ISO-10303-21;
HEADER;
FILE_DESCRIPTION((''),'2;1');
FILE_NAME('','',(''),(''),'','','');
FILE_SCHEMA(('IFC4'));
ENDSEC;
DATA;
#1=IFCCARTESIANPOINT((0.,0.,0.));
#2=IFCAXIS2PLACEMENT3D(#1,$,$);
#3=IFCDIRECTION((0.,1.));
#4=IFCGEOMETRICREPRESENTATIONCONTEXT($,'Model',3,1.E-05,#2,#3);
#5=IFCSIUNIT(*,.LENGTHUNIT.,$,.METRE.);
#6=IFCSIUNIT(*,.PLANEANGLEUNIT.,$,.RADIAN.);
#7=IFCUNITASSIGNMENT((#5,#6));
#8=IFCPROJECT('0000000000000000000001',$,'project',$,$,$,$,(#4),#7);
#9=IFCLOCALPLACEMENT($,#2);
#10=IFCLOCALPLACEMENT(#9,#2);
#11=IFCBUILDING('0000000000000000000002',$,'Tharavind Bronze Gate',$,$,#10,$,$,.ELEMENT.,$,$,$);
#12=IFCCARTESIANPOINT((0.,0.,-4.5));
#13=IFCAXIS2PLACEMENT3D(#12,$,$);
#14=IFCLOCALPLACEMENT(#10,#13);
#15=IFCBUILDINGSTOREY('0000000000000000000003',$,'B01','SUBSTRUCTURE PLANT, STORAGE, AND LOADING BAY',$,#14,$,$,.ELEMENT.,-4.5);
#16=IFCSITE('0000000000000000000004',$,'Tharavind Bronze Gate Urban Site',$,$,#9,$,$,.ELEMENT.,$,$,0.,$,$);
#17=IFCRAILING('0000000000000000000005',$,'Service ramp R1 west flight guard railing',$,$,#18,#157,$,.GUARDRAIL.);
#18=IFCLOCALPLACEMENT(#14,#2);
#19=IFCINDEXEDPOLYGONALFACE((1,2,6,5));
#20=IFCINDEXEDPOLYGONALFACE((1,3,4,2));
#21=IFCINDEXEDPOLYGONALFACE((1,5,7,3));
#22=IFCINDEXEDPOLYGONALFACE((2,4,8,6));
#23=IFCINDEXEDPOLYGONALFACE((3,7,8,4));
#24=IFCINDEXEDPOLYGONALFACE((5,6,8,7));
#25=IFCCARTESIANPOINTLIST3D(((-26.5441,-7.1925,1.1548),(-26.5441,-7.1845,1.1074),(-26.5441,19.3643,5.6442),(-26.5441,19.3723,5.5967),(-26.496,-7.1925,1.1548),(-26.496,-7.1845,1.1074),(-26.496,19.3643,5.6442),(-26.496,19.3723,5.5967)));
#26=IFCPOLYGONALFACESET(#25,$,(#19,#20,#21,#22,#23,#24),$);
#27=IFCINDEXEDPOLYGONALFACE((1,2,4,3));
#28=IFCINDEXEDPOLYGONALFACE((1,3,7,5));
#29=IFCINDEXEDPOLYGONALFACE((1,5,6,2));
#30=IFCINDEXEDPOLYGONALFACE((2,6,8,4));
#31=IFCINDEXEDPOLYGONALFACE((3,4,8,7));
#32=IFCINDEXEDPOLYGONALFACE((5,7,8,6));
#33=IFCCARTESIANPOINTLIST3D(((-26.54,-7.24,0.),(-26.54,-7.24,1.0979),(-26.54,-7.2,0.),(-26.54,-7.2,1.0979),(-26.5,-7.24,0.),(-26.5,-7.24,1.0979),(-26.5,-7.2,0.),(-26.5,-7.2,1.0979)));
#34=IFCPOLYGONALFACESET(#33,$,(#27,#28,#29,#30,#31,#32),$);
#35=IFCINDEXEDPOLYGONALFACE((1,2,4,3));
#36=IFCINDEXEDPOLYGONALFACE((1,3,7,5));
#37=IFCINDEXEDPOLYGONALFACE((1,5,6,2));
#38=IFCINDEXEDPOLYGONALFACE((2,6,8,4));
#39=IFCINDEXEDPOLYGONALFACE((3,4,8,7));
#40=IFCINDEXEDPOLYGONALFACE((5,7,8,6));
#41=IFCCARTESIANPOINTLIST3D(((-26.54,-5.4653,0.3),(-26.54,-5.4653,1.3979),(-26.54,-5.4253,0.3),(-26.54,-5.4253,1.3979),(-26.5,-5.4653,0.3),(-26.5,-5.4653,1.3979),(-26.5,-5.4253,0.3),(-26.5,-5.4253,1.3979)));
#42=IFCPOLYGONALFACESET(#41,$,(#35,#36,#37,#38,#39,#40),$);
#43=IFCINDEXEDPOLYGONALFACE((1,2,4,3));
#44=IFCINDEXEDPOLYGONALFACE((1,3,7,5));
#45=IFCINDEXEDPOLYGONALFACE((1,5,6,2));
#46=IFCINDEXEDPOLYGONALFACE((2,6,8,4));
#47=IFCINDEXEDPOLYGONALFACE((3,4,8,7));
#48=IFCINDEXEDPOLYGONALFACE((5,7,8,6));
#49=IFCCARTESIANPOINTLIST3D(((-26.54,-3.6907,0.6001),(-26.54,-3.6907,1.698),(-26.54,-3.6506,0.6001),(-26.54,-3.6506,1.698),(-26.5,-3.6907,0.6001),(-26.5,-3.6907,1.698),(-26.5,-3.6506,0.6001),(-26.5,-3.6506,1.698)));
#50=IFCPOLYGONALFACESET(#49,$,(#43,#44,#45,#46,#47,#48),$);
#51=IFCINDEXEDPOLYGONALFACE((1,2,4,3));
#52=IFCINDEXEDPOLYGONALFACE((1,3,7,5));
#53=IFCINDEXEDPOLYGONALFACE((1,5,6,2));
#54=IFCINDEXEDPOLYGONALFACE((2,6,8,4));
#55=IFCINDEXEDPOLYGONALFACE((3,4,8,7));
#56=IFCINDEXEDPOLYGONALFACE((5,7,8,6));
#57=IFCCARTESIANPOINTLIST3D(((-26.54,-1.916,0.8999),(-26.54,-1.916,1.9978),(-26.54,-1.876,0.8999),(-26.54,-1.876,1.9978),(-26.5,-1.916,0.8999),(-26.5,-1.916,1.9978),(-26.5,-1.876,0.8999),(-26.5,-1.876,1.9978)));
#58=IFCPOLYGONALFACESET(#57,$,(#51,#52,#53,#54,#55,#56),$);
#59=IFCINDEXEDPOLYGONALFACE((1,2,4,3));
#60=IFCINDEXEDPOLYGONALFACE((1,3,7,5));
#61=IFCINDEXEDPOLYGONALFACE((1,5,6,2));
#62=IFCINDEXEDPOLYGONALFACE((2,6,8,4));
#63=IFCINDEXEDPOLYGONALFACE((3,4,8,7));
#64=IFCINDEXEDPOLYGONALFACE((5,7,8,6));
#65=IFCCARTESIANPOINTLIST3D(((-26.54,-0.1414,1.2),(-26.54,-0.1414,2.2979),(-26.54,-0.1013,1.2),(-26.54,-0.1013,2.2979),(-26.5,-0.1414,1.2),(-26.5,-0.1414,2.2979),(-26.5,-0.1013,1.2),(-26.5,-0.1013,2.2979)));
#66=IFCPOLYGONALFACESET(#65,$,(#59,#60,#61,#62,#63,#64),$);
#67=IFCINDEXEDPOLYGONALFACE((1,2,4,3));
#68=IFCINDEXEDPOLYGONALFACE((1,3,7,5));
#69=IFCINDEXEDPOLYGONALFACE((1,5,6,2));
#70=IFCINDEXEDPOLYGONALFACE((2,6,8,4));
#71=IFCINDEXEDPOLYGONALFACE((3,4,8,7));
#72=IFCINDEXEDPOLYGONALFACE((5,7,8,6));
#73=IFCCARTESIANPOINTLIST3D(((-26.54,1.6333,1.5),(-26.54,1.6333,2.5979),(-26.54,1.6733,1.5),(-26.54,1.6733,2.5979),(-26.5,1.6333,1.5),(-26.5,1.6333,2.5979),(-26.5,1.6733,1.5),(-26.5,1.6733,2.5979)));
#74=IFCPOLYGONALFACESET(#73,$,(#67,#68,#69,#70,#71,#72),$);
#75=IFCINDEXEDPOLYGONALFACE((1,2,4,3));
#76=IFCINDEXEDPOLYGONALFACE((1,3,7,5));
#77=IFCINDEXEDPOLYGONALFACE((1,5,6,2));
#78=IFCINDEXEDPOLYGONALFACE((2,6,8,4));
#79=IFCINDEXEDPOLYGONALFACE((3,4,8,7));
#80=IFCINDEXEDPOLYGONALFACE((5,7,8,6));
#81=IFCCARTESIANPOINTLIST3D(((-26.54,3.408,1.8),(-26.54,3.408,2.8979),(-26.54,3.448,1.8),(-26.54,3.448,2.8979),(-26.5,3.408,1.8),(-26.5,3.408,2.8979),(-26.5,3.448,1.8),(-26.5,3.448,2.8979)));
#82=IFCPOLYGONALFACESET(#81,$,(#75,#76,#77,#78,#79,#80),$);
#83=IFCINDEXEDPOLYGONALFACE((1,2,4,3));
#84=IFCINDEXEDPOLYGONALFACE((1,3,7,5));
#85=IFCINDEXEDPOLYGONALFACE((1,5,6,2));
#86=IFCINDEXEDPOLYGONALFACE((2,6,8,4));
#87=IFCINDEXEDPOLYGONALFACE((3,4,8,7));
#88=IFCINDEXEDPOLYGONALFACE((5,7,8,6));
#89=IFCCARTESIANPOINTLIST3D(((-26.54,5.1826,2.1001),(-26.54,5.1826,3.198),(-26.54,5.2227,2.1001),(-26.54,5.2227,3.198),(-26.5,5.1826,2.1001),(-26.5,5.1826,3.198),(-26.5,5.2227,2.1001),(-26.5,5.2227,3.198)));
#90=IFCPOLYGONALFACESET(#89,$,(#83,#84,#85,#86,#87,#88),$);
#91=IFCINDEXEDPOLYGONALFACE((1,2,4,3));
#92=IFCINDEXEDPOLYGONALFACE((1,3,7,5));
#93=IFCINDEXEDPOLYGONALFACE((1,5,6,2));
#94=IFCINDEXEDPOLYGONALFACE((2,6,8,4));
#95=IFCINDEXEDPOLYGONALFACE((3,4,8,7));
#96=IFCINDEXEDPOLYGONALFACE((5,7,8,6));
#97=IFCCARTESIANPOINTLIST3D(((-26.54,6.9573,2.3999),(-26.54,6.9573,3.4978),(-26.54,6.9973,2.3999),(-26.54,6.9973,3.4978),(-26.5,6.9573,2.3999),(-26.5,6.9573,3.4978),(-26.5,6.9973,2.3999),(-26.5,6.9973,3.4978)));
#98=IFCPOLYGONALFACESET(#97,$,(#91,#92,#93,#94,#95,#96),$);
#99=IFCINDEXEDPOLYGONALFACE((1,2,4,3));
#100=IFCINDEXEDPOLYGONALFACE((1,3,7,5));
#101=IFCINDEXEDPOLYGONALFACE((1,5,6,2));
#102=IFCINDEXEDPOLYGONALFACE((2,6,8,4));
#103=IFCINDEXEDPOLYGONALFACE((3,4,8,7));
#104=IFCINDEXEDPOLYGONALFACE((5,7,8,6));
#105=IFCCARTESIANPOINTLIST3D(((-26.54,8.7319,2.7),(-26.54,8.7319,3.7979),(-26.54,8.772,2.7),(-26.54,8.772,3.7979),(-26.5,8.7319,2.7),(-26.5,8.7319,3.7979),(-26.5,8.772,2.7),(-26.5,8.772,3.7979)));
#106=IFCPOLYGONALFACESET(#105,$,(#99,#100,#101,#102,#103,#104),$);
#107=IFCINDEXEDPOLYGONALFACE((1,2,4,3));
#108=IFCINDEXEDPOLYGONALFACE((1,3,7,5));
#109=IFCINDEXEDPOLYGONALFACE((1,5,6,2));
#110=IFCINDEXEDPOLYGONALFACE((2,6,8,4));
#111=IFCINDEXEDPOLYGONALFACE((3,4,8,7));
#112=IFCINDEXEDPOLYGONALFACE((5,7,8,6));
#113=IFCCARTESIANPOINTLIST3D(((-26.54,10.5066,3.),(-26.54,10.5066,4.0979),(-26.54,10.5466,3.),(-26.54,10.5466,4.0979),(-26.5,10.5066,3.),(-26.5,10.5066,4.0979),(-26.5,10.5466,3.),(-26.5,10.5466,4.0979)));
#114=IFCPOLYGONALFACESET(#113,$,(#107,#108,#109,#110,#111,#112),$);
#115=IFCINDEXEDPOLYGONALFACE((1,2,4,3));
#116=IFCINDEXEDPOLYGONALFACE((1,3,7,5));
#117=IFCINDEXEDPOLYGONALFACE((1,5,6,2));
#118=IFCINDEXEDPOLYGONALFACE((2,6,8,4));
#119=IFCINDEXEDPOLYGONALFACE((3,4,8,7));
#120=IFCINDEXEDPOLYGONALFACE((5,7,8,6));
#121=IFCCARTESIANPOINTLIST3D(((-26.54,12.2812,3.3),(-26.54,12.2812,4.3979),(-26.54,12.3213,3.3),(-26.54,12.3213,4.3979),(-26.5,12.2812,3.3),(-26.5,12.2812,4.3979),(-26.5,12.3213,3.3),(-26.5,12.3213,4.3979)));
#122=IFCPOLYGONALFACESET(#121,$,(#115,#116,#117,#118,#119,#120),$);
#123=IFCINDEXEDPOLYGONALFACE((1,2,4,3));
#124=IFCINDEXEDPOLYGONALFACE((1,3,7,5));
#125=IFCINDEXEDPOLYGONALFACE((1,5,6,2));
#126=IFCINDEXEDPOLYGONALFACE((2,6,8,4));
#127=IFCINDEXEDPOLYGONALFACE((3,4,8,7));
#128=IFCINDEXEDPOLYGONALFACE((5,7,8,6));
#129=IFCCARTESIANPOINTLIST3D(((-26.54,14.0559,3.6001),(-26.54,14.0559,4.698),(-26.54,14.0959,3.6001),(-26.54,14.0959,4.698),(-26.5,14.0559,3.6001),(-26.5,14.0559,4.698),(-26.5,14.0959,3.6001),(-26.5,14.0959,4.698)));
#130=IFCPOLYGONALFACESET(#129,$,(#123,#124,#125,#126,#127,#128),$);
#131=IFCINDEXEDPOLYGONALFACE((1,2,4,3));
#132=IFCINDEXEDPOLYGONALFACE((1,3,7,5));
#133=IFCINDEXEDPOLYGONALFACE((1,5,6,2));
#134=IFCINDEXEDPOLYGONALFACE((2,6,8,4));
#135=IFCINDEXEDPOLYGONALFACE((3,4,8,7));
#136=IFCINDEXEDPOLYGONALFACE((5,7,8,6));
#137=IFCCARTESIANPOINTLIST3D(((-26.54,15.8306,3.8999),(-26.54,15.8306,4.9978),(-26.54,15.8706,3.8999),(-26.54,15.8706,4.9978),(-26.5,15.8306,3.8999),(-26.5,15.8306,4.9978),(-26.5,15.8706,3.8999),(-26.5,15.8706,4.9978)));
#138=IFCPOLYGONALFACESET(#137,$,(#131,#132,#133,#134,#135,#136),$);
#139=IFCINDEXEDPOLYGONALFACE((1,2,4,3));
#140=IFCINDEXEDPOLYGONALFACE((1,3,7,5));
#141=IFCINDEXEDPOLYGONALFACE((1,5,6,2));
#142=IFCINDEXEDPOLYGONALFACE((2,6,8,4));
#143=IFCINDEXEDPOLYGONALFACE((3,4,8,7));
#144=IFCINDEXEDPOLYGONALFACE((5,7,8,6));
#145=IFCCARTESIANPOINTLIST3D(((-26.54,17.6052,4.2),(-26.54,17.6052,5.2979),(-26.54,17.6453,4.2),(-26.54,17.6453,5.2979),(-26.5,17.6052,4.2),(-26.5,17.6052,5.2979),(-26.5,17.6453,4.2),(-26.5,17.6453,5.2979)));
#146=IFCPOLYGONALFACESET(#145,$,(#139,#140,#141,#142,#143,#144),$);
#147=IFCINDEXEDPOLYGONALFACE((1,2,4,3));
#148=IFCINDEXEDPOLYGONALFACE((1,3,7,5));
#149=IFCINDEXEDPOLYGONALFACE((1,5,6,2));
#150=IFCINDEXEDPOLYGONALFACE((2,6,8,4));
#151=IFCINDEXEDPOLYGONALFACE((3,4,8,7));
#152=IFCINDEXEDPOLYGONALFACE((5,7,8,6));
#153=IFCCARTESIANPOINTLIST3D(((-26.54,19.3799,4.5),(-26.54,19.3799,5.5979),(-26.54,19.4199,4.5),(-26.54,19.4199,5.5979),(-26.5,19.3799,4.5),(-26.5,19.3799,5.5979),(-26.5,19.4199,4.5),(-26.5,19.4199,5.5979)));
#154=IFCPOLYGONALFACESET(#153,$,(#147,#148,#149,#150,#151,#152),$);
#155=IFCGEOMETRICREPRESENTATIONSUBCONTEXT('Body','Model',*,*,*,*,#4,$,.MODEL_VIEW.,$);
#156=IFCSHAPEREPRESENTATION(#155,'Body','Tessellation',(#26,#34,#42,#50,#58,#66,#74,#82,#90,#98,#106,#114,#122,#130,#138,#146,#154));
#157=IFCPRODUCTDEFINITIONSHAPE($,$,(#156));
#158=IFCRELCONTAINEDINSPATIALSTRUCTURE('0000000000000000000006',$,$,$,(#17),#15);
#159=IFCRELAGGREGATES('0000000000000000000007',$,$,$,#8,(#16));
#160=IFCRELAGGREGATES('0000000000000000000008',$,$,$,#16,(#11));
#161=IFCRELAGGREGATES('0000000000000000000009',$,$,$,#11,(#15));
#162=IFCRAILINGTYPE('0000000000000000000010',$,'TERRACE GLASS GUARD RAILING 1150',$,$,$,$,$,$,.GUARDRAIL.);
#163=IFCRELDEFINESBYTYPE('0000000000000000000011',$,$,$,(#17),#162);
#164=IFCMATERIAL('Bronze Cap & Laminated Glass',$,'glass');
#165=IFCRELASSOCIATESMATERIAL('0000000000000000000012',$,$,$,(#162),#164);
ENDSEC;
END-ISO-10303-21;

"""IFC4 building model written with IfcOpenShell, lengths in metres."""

from ifc_helpers import new_model, si_unit, direction, frame, origin, origin_2d, place, context, subcontext, project, spatial, rectangle, extrude, material, type_object, element, save


model = new_model("IFC4")

# Units and contexts
model_context = context("Model", 3, precision=1e-05, world=origin(), true_north=direction((0.0, 1.0)))
body_context = subcontext(model_context, "Body", "Model", "MODEL_VIEW")
ifc_project = project(units=[si_unit("LENGTHUNIT", "METRE"), si_unit("PLANEANGLEUNIT", "RADIAN")], contexts=[model_context])

# Site, building, storey
site_placement = place(None, origin())
site = spatial("IfcSite", under=ifc_project, at=site_placement, Name="Tharavind Bronze Gate Urban Site", CompositionType="ELEMENT", RefElevation=0.0)
building_placement = place(site_placement, origin())
building = spatial("IfcBuilding", under=site, at=building_placement, Name="Tharavind Bronze Gate", CompositionType="ELEMENT")
storey_placement = place(building_placement, frame((0.0, 0.0, -4.5)))
storey = spatial("IfcBuildingStorey", under=building, at=storey_placement, Name="B01", Description="SUBSTRUCTURE PLANT, STORAGE, AND LOADING BAY", CompositionType="ELEMENT", Elevation=-4.5)

# Railing
ifc_material_1 = material(Name="Bronze Cap & Laminated Glass", Category="glass")
railing_type_1 = type_object("IfcRailingType", Name="TERRACE GLASS GUARD RAILING 1150", PredefinedType="GUARDRAIL", material=ifc_material_1)
railing_1_placement = place(storey_placement, frame((-26.52, -7.22, 0.0)))
element("IfcRailing", 1, at=railing_1_placement, inside=storey, type_object=railing_type_1, Name="Service ramp R1 west flight guard railing", PredefinedType="GUARDRAIL", context=body_context, shape_type="SweptSolid", body=[
    extrude(rectangle(XDim=0.0481, YDim=0.0481, at=origin_2d()), frame((0.0, 0.0315, 1.1311), z_axis=(0.0, 0.986011, 0.166682), x_axis=(-1.0, 0.0, 0.0)), (0.0, 0.0, 1.0), 26.9336),
    extrude(rectangle(XDim=0.04, YDim=0.04, at=origin_2d()), origin(), (0.0, 0.0, 1.0), 1.0979),
    extrude(rectangle(XDim=0.04, YDim=0.04, at=origin_2d()), frame((0.0, 1.7747, 0.3)), (0.0, 0.0, 1.0), 1.0979),
    extrude(rectangle(XDim=0.04, YDim=0.04, at=origin_2d()), frame((0.0, 3.5493, 0.6001)), (0.0, 0.0, 1.0), 1.0979),
    extrude(rectangle(XDim=0.04, YDim=0.04, at=origin_2d()), frame((0.0, 5.324, 0.8999)), (0.0, 0.0, 1.0), 1.0979),
    extrude(rectangle(XDim=0.04, YDim=0.04, at=origin_2d()), frame((0.0, 7.0986, 1.2)), (0.0, 0.0, 1.0), 1.0979),
    extrude(rectangle(XDim=0.04, YDim=0.04, at=origin_2d()), frame((0.0, 8.8733, 1.5)), (0.0, 0.0, 1.0), 1.0979),
    extrude(rectangle(XDim=0.04, YDim=0.04, at=origin_2d()), frame((0.0, 10.6479, 1.8)), (0.0, 0.0, 1.0), 1.0979),
    extrude(rectangle(XDim=0.04, YDim=0.04, at=origin_2d()), frame((0.0, 12.4226, 2.1001)), (0.0, 0.0, 1.0), 1.0979),
    extrude(rectangle(XDim=0.04, YDim=0.04, at=origin_2d()), frame((0.0, 14.1973, 2.3999)), (0.0, 0.0, 1.0), 1.0979),
    extrude(rectangle(XDim=0.04, YDim=0.04, at=origin_2d()), frame((0.0, 15.9719, 2.7)), (0.0, 0.0, 1.0), 1.0979),
    extrude(rectangle(XDim=0.04, YDim=0.04, at=origin_2d()), frame((0.0, 17.7466, 3.0)), (0.0, 0.0, 1.0), 1.0979),
    extrude(rectangle(XDim=0.04, YDim=0.04, at=origin_2d()), frame((0.0, 19.5212, 3.3)), (0.0, 0.0, 1.0), 1.0979),
    extrude(rectangle(XDim=0.04, YDim=0.04, at=origin_2d()), frame((0.0, 21.2959, 3.6001)), (0.0, 0.0, 1.0), 1.0979),
    extrude(rectangle(XDim=0.04, YDim=0.04, at=origin_2d()), frame((0.0, 23.0706, 3.8999)), (0.0, 0.0, 1.0), 1.0979),
    extrude(rectangle(XDim=0.04, YDim=0.04, at=origin_2d()), frame((0.0, 24.8452, 4.2)), (0.0, 0.0, 1.0), 1.0979),
    extrude(rectangle(XDim=0.04, YDim=0.04, at=origin_2d()), frame((0.0, 26.6199, 4.5)), (0.0, 0.0, 1.0), 1.0979),
])

save(model, "model.ifc")
